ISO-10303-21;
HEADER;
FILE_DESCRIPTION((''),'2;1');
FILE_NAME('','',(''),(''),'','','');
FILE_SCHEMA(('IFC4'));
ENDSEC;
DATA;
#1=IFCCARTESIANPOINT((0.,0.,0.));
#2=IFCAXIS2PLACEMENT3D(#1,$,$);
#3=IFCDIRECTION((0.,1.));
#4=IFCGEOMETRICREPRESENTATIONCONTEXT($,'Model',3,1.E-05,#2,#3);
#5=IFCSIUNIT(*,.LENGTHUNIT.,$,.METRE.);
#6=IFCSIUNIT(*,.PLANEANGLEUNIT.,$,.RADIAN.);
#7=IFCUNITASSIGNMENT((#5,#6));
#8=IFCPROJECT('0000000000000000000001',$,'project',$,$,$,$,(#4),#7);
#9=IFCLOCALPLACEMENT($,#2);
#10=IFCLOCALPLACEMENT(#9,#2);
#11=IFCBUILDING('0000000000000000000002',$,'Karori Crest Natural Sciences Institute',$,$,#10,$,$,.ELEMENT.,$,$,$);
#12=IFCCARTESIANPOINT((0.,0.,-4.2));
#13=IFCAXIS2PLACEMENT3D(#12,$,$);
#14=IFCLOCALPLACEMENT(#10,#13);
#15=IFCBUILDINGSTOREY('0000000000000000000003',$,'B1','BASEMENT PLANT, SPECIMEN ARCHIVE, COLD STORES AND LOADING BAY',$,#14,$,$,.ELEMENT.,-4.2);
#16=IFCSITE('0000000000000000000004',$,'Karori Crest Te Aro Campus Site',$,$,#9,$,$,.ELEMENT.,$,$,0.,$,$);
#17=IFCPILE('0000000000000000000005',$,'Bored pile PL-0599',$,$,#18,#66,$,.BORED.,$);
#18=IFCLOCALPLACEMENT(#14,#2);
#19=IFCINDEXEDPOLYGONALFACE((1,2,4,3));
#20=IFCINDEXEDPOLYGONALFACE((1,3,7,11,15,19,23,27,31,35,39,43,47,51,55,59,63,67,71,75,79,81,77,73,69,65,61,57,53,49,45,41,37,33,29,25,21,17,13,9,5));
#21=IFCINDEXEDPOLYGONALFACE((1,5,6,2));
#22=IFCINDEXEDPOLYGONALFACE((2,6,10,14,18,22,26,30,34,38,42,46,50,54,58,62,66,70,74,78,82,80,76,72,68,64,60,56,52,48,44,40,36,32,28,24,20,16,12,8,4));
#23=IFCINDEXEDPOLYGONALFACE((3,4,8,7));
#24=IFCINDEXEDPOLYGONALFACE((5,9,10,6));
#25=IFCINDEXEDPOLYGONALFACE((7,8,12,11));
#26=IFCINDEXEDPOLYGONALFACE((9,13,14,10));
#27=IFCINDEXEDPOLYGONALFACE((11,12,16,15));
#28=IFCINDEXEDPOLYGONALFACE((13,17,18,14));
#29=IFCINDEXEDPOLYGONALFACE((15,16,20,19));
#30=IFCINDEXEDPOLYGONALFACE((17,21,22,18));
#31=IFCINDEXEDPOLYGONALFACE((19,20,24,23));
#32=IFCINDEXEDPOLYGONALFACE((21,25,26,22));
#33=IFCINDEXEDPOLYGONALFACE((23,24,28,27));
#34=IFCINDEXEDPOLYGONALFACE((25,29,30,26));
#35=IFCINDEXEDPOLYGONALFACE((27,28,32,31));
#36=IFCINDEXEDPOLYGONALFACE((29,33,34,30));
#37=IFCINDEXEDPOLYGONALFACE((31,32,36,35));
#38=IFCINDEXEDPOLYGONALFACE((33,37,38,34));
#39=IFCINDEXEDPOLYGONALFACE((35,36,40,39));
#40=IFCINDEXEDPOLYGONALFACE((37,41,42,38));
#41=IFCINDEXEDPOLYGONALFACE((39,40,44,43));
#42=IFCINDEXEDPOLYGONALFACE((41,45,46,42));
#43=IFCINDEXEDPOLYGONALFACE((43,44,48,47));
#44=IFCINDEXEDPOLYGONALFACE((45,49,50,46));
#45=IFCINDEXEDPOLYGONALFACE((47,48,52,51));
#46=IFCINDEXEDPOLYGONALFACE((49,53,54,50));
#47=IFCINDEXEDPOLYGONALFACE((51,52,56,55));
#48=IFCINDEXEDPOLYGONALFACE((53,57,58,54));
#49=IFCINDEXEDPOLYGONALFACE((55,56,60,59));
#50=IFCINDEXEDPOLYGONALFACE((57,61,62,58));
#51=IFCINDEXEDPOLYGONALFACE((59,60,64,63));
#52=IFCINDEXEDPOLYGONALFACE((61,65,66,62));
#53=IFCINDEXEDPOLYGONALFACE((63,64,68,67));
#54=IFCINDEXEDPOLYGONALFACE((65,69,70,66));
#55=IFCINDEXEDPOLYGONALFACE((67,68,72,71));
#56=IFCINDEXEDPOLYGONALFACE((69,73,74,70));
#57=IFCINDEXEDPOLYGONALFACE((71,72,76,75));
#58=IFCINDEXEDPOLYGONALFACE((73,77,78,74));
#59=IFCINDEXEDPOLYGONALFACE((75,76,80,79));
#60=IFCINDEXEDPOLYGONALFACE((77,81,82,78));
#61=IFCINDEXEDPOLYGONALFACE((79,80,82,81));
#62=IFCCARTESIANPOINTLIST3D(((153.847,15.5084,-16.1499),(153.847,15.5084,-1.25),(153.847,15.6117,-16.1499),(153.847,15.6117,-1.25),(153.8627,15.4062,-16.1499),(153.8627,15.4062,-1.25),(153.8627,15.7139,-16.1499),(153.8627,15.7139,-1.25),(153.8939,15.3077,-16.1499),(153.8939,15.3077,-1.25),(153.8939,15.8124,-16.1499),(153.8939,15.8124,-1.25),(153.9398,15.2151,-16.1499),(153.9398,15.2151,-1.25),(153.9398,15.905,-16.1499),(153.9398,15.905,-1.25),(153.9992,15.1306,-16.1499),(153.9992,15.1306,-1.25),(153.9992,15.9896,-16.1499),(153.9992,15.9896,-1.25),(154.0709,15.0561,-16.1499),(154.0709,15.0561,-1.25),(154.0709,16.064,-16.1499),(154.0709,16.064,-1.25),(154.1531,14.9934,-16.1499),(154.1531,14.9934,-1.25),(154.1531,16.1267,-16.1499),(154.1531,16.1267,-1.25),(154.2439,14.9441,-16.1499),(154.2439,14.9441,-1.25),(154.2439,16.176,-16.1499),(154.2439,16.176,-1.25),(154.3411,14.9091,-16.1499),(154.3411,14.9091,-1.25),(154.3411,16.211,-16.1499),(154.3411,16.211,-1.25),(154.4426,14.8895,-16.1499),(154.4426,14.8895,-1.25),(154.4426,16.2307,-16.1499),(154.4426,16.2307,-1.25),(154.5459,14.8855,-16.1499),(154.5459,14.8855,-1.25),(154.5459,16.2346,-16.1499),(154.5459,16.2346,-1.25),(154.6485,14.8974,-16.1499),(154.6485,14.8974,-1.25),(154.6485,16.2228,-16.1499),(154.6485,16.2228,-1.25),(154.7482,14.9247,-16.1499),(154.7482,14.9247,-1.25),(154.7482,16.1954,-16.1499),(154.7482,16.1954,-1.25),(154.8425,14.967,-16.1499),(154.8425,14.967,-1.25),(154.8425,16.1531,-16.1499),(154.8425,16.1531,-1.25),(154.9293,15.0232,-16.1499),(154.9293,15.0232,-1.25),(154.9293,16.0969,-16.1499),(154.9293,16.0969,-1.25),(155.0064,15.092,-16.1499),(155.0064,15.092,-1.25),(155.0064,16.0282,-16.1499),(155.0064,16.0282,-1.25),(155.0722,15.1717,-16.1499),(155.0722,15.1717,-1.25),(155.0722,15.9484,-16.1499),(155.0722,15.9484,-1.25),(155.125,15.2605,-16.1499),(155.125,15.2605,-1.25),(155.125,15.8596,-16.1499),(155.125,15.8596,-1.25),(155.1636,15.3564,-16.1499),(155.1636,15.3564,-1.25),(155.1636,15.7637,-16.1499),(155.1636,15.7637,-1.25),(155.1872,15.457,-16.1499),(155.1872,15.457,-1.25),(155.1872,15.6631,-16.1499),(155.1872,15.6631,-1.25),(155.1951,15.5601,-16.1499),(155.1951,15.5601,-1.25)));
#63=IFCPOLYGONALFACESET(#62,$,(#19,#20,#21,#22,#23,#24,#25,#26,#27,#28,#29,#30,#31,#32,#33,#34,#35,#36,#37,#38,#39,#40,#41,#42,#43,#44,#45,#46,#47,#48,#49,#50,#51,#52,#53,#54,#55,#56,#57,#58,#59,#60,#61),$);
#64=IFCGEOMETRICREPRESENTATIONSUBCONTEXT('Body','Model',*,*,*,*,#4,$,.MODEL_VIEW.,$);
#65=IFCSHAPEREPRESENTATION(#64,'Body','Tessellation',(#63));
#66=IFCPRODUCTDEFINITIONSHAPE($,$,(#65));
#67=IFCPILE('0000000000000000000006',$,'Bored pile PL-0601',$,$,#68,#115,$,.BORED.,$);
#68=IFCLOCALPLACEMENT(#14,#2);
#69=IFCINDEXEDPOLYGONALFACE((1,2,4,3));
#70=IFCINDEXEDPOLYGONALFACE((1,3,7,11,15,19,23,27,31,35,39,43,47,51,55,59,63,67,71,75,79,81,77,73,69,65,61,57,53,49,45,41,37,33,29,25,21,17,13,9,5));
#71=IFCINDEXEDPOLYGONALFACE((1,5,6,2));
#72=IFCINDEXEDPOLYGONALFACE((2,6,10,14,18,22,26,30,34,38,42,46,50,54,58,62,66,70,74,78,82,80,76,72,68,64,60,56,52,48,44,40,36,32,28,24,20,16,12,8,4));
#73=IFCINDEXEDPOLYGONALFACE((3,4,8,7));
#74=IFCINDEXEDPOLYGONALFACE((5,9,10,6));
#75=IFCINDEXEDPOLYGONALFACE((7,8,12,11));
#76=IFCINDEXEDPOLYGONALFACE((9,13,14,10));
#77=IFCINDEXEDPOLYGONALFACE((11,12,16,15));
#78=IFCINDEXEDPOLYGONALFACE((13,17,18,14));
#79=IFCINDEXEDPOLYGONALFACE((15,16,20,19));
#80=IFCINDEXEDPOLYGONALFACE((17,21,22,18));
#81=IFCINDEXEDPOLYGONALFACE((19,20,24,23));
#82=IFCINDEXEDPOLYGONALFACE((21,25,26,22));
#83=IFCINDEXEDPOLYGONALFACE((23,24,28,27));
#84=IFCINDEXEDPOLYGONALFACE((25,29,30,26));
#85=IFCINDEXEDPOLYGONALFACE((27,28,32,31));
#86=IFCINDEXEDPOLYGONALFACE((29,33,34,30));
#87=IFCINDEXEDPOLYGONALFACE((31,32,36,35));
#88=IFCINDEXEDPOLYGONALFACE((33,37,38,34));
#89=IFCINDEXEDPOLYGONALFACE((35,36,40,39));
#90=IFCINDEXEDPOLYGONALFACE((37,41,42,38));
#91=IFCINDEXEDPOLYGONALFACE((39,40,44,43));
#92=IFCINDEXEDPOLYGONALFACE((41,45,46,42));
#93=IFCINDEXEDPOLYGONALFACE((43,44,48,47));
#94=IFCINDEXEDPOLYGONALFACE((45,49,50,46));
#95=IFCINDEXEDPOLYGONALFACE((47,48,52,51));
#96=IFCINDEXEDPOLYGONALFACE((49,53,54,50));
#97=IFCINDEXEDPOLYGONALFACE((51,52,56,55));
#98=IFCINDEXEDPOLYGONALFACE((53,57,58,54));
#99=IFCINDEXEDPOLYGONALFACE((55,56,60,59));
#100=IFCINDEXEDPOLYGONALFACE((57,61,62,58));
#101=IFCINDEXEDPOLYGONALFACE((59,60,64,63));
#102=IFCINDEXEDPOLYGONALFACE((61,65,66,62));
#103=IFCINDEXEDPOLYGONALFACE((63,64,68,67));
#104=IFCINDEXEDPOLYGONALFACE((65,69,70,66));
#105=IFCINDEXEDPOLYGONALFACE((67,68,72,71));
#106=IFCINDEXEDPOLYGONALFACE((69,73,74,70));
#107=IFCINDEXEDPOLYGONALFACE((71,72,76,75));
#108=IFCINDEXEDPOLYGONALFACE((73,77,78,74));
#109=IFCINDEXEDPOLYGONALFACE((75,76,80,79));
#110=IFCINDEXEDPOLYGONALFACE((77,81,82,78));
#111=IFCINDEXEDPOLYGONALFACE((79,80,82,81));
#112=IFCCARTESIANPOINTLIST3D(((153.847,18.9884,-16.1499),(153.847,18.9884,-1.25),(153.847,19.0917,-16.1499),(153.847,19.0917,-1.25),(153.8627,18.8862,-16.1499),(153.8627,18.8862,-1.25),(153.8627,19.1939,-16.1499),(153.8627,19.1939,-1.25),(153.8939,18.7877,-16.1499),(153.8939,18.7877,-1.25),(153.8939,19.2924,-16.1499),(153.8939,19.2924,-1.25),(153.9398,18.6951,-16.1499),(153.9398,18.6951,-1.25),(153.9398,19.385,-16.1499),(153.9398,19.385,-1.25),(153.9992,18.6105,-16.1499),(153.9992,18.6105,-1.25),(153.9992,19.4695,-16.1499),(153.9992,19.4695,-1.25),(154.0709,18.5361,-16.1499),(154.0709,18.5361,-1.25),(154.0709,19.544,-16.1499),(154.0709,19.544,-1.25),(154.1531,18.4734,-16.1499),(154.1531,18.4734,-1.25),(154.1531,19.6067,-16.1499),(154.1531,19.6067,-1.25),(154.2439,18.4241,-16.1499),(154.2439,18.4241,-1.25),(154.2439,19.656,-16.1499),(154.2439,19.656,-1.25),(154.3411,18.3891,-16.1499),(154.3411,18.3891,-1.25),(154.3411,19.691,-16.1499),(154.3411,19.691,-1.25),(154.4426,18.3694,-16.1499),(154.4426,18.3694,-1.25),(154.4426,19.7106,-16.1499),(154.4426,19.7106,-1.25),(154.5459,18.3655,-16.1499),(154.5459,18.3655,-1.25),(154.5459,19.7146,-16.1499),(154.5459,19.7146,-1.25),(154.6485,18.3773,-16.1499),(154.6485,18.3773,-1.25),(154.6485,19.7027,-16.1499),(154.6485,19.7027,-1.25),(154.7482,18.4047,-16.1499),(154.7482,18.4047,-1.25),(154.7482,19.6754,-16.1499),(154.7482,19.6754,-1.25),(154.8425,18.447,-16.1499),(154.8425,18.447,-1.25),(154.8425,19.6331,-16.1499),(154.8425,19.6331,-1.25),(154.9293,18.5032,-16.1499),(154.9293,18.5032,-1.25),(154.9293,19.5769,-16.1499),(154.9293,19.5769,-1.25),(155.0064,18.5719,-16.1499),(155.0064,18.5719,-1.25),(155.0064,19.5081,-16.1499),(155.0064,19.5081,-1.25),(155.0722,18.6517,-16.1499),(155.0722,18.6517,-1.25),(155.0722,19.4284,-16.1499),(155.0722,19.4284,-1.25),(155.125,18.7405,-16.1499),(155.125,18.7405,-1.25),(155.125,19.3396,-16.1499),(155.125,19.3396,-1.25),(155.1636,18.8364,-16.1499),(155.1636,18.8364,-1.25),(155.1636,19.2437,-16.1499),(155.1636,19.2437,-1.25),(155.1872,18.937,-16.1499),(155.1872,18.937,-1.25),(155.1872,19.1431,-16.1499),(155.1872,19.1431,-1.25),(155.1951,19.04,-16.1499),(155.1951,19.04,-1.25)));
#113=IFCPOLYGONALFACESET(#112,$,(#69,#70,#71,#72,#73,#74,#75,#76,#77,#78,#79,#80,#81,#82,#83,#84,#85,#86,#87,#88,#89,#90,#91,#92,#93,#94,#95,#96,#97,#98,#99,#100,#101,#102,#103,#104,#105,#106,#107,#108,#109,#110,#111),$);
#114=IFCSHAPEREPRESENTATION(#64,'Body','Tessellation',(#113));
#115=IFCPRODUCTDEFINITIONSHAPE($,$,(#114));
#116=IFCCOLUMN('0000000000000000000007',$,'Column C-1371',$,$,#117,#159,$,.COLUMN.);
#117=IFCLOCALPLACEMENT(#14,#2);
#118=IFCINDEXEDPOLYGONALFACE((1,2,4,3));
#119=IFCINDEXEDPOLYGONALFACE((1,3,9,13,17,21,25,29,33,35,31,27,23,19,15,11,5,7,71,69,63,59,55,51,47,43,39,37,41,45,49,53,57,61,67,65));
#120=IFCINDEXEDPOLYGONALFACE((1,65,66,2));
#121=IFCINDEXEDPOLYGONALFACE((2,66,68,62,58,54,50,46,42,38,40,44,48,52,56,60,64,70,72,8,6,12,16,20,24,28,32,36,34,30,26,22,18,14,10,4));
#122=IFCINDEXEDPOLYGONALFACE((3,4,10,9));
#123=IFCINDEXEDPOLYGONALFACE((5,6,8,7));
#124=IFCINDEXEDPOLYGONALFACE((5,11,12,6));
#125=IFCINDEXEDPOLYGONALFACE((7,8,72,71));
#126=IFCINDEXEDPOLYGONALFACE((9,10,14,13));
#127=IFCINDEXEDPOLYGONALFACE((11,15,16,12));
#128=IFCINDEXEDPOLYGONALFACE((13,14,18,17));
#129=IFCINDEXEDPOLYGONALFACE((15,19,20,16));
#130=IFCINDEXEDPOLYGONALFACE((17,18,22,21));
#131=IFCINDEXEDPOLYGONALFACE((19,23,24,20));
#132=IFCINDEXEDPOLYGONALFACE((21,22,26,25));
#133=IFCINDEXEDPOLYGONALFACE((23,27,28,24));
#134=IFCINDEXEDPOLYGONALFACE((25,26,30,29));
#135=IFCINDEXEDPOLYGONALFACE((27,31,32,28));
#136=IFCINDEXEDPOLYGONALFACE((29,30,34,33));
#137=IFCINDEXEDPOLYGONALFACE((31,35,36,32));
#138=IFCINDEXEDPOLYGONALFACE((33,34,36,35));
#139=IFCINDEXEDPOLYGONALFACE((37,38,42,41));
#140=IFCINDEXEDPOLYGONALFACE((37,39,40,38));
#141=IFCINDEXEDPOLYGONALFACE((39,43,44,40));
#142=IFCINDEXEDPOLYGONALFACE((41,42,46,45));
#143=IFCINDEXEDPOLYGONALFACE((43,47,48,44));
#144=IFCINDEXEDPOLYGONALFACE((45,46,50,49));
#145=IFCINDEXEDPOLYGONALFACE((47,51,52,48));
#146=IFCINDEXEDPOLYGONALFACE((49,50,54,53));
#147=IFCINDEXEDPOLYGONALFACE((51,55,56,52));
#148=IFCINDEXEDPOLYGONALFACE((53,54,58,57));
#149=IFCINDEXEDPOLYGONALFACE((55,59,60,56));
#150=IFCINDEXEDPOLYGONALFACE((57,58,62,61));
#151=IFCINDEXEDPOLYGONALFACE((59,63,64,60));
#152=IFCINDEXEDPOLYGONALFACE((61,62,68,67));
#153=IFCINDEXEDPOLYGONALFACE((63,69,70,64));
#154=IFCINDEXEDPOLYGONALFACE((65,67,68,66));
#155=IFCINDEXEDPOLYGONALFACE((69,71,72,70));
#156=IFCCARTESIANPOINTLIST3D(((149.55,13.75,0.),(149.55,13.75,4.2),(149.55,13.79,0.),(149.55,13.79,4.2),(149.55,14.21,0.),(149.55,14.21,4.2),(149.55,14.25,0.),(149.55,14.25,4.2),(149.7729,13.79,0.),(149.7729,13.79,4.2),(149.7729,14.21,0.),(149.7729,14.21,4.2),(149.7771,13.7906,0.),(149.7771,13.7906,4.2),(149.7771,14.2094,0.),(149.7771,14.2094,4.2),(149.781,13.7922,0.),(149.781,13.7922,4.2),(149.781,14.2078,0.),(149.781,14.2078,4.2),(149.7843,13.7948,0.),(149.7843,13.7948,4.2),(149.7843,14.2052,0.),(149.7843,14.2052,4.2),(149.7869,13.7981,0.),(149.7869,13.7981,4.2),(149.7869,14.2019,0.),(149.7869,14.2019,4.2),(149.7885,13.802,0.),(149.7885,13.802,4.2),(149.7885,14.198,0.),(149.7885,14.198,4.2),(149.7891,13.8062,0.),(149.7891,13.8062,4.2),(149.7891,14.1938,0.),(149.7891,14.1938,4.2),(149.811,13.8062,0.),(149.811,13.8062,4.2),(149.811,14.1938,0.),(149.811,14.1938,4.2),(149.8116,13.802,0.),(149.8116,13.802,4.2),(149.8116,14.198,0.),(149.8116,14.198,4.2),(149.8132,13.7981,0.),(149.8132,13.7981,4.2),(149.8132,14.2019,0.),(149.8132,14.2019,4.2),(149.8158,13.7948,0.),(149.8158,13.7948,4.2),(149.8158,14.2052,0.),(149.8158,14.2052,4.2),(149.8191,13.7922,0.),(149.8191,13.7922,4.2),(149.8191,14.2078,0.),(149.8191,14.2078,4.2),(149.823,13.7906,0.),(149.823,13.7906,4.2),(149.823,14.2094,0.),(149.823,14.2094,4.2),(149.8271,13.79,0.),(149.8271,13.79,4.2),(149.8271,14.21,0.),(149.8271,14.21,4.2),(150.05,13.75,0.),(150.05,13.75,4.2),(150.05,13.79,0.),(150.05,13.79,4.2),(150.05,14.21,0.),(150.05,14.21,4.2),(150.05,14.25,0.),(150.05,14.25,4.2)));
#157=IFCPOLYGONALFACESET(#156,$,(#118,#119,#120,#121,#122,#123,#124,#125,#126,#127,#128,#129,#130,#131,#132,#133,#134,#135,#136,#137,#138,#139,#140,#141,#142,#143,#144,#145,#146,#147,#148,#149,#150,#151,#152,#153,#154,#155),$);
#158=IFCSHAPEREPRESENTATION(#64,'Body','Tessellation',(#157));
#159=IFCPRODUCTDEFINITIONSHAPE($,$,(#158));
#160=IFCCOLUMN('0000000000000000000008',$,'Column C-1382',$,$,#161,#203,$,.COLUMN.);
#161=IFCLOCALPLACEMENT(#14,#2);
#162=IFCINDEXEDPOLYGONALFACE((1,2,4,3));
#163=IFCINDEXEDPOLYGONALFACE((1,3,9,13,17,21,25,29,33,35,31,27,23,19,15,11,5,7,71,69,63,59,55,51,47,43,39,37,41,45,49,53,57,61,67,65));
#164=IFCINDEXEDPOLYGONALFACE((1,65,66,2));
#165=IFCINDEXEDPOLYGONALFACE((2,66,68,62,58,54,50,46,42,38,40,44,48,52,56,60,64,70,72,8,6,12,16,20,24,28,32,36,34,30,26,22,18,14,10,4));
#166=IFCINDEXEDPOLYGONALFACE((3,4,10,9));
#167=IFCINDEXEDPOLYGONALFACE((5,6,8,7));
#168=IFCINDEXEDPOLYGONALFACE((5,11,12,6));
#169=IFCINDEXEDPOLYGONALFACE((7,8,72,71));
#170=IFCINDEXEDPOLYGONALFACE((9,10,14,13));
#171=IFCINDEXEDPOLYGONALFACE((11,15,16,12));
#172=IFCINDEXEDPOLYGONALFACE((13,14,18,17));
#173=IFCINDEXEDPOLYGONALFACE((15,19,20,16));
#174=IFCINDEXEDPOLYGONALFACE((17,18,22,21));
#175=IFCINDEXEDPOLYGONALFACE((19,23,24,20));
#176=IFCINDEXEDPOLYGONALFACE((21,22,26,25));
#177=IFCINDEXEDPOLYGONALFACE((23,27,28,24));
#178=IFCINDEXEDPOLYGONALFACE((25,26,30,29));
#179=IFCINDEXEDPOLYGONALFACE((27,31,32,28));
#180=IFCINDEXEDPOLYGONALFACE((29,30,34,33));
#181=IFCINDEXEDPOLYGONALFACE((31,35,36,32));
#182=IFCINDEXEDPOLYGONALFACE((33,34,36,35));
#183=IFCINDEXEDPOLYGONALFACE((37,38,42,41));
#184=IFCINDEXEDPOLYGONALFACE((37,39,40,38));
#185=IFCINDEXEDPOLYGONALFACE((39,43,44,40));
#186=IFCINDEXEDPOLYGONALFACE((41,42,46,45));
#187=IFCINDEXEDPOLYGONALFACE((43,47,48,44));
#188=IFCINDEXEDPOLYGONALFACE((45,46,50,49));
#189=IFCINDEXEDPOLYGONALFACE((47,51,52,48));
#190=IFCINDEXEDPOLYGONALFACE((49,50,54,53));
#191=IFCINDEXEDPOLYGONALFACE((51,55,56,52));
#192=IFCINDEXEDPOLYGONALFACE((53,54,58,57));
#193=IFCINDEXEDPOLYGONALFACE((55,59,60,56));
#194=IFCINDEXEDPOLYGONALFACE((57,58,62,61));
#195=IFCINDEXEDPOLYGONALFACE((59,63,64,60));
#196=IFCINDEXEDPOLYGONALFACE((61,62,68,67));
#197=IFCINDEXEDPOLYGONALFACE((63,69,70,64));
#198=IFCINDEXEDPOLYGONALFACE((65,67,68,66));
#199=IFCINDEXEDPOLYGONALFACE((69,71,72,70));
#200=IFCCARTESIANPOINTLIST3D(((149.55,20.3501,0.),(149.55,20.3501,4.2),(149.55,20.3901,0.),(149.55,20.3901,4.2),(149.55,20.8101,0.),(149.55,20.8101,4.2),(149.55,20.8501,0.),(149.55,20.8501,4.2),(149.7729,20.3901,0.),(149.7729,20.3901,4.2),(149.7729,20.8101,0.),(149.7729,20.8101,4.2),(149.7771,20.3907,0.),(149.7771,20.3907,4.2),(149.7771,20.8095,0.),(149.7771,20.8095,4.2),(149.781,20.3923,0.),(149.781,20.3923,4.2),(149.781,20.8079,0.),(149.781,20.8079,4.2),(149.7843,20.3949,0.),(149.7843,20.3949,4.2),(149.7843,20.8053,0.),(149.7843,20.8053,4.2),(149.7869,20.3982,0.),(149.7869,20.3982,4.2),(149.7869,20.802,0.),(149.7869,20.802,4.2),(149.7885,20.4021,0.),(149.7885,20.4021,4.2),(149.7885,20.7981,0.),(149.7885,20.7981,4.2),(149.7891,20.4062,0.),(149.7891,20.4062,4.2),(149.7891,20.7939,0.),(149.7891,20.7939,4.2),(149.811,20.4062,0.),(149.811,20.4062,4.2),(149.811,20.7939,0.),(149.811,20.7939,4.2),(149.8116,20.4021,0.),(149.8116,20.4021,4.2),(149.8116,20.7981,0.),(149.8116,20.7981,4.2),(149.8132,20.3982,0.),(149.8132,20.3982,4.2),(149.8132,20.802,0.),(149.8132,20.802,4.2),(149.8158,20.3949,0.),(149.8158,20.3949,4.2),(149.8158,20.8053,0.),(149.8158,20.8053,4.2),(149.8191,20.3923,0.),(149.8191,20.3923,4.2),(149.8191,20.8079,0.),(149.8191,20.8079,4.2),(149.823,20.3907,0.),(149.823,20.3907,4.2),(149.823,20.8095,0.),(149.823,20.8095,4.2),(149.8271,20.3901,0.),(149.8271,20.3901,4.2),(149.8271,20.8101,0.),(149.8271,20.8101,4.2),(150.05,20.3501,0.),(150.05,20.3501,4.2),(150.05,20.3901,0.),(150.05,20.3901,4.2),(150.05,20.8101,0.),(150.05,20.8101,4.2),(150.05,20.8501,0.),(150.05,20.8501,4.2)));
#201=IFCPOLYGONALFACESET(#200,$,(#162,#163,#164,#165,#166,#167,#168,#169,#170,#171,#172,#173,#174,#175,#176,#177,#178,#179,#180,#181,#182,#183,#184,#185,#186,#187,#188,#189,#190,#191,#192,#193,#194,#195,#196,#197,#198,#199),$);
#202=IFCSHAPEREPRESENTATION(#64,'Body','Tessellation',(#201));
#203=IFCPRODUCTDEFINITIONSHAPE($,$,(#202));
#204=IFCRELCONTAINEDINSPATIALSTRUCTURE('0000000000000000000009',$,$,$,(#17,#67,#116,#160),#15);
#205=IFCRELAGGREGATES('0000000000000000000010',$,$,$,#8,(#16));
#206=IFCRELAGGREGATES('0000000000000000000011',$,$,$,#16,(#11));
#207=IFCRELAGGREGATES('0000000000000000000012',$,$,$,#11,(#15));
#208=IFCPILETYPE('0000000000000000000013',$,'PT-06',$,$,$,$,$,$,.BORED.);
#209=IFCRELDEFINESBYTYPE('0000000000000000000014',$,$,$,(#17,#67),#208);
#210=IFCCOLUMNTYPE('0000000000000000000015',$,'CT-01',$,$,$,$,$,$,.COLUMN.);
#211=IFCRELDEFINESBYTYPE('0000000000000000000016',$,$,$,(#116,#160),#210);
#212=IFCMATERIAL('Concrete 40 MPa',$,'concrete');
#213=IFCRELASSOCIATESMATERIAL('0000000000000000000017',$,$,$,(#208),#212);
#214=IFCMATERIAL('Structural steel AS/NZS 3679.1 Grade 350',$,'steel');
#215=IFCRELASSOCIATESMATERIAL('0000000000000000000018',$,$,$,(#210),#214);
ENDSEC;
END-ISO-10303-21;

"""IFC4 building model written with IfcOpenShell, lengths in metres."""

from ifc_helpers import new_model, si_unit, direction, frame, origin, origin_2d, place, context, subcontext, project, spatial, circle, i_section, extrude, material, material_profile, profile_set, type_object, element, save


model = new_model("IFC4")

# Units and contexts
model_context = context("Model", 3, precision=1e-05, world=origin(), true_north=direction((0.0, 1.0)))
body_context = subcontext(model_context, "Body", "Model", "MODEL_VIEW")
ifc_project = project(units=[si_unit("LENGTHUNIT", "METRE"), si_unit("PLANEANGLEUNIT", "RADIAN")], contexts=[model_context])

# Site, building, storey
site_placement = place(None, origin())
site = spatial("IfcSite", under=ifc_project, at=site_placement, Name="Karori Crest Te Aro Campus Site", CompositionType="ELEMENT", RefElevation=0.0)
building_placement = place(site_placement, origin())
building = spatial("IfcBuilding", under=site, at=building_placement, Name="Karori Crest Natural Sciences Institute", CompositionType="ELEMENT")
storey_placement = place(building_placement, frame((0.0, 0.0, -4.2)))
storey = spatial("IfcBuildingStorey", under=building, at=storey_placement, Name="B1", Description="BASEMENT PLANT, SPECIMEN ARCHIVE, COLD STORES AND LOADING BAY", CompositionType="ELEMENT", Elevation=-4.2)

# Shared definitions
ifc_material_1 = material(Name="Concrete 40 MPa", Category="concrete")

# Piles
ifc_material_profile_1 = material_profile(ifc_material_1, circle(Radius=0.675, at=origin_2d()), Name="PILE1350")
ifc_profile_set_1 = profile_set([ifc_material_profile_1], Name="Concrete 40 MPa")
pile_type = type_object("IfcPileType", Name="PT-06", PredefinedType="BORED", material=ifc_profile_set_1)
for number, where, z_axis, x_axis, name in (
    (1, (154.52, 15.5601, -1.25), (0.0, 0.0, -1.0), (1.0, 0.0, 0.0), "Bored pile PL-0599"),
    (2, (154.52, 19.04, -1.25), (0.0, 0.0, -1.0), (1.0, 0.0, 0.0), "Bored pile PL-0601"),
):
    element("IfcPile", number, at=place(storey_placement, frame(where, z_axis=z_axis, x_axis=x_axis)), inside=storey, type_object=pile_type, Name=name, PredefinedType="BORED", context=body_context, shape_type="SweptSolid", body=[
        extrude(circle(Radius=0.675, at=origin_2d()), origin(), (0.0, 0.0, 1.0), 14.8999),
    ])

# Columns
ifc_material_2 = material(Name="Structural steel AS/NZS 3679.1 Grade 350", Category="steel")
ifc_material_profile_2 = material_profile(ifc_material_2, i_section(OverallWidth=0.5, OverallDepth=0.5, WebThickness=0.022, FlangeThickness=0.04, FilletRadius=0.0161, at=origin_2d()), Name="500WC440")
ifc_profile_set_2 = profile_set([ifc_material_profile_2], Name="Structural steel AS/NZS 3679.1 Grade 350")
column_type = type_object("IfcColumnType", Name="CT-01", PredefinedType="COLUMN", material=ifc_profile_set_2)
for number, where, z_axis, x_axis, name in (
    (3, (149.8, 14.0, 0.0), (0.0, 0.0, 1.0), (1.0, 0.0, 0.0), "Column C-1371"),
    (4, (149.8, 20.6001, 0.0), (0.0, 0.0, 1.0), (1.0, 0.0, 0.0), "Column C-1382"),
):
    element("IfcColumn", number, at=place(storey_placement, frame(where, z_axis=z_axis, x_axis=x_axis)), inside=storey, type_object=column_type, Name=name, PredefinedType="COLUMN", context=body_context, shape_type="SweptSolid", body=[
        extrude(i_section(OverallWidth=0.5, OverallDepth=0.5, WebThickness=0.022, FlangeThickness=0.04, FilletRadius=0.0161, at=origin_2d()), origin(), (0.0, 0.0, 1.0), 4.2),
    ])

save(model, "model.ifc")
